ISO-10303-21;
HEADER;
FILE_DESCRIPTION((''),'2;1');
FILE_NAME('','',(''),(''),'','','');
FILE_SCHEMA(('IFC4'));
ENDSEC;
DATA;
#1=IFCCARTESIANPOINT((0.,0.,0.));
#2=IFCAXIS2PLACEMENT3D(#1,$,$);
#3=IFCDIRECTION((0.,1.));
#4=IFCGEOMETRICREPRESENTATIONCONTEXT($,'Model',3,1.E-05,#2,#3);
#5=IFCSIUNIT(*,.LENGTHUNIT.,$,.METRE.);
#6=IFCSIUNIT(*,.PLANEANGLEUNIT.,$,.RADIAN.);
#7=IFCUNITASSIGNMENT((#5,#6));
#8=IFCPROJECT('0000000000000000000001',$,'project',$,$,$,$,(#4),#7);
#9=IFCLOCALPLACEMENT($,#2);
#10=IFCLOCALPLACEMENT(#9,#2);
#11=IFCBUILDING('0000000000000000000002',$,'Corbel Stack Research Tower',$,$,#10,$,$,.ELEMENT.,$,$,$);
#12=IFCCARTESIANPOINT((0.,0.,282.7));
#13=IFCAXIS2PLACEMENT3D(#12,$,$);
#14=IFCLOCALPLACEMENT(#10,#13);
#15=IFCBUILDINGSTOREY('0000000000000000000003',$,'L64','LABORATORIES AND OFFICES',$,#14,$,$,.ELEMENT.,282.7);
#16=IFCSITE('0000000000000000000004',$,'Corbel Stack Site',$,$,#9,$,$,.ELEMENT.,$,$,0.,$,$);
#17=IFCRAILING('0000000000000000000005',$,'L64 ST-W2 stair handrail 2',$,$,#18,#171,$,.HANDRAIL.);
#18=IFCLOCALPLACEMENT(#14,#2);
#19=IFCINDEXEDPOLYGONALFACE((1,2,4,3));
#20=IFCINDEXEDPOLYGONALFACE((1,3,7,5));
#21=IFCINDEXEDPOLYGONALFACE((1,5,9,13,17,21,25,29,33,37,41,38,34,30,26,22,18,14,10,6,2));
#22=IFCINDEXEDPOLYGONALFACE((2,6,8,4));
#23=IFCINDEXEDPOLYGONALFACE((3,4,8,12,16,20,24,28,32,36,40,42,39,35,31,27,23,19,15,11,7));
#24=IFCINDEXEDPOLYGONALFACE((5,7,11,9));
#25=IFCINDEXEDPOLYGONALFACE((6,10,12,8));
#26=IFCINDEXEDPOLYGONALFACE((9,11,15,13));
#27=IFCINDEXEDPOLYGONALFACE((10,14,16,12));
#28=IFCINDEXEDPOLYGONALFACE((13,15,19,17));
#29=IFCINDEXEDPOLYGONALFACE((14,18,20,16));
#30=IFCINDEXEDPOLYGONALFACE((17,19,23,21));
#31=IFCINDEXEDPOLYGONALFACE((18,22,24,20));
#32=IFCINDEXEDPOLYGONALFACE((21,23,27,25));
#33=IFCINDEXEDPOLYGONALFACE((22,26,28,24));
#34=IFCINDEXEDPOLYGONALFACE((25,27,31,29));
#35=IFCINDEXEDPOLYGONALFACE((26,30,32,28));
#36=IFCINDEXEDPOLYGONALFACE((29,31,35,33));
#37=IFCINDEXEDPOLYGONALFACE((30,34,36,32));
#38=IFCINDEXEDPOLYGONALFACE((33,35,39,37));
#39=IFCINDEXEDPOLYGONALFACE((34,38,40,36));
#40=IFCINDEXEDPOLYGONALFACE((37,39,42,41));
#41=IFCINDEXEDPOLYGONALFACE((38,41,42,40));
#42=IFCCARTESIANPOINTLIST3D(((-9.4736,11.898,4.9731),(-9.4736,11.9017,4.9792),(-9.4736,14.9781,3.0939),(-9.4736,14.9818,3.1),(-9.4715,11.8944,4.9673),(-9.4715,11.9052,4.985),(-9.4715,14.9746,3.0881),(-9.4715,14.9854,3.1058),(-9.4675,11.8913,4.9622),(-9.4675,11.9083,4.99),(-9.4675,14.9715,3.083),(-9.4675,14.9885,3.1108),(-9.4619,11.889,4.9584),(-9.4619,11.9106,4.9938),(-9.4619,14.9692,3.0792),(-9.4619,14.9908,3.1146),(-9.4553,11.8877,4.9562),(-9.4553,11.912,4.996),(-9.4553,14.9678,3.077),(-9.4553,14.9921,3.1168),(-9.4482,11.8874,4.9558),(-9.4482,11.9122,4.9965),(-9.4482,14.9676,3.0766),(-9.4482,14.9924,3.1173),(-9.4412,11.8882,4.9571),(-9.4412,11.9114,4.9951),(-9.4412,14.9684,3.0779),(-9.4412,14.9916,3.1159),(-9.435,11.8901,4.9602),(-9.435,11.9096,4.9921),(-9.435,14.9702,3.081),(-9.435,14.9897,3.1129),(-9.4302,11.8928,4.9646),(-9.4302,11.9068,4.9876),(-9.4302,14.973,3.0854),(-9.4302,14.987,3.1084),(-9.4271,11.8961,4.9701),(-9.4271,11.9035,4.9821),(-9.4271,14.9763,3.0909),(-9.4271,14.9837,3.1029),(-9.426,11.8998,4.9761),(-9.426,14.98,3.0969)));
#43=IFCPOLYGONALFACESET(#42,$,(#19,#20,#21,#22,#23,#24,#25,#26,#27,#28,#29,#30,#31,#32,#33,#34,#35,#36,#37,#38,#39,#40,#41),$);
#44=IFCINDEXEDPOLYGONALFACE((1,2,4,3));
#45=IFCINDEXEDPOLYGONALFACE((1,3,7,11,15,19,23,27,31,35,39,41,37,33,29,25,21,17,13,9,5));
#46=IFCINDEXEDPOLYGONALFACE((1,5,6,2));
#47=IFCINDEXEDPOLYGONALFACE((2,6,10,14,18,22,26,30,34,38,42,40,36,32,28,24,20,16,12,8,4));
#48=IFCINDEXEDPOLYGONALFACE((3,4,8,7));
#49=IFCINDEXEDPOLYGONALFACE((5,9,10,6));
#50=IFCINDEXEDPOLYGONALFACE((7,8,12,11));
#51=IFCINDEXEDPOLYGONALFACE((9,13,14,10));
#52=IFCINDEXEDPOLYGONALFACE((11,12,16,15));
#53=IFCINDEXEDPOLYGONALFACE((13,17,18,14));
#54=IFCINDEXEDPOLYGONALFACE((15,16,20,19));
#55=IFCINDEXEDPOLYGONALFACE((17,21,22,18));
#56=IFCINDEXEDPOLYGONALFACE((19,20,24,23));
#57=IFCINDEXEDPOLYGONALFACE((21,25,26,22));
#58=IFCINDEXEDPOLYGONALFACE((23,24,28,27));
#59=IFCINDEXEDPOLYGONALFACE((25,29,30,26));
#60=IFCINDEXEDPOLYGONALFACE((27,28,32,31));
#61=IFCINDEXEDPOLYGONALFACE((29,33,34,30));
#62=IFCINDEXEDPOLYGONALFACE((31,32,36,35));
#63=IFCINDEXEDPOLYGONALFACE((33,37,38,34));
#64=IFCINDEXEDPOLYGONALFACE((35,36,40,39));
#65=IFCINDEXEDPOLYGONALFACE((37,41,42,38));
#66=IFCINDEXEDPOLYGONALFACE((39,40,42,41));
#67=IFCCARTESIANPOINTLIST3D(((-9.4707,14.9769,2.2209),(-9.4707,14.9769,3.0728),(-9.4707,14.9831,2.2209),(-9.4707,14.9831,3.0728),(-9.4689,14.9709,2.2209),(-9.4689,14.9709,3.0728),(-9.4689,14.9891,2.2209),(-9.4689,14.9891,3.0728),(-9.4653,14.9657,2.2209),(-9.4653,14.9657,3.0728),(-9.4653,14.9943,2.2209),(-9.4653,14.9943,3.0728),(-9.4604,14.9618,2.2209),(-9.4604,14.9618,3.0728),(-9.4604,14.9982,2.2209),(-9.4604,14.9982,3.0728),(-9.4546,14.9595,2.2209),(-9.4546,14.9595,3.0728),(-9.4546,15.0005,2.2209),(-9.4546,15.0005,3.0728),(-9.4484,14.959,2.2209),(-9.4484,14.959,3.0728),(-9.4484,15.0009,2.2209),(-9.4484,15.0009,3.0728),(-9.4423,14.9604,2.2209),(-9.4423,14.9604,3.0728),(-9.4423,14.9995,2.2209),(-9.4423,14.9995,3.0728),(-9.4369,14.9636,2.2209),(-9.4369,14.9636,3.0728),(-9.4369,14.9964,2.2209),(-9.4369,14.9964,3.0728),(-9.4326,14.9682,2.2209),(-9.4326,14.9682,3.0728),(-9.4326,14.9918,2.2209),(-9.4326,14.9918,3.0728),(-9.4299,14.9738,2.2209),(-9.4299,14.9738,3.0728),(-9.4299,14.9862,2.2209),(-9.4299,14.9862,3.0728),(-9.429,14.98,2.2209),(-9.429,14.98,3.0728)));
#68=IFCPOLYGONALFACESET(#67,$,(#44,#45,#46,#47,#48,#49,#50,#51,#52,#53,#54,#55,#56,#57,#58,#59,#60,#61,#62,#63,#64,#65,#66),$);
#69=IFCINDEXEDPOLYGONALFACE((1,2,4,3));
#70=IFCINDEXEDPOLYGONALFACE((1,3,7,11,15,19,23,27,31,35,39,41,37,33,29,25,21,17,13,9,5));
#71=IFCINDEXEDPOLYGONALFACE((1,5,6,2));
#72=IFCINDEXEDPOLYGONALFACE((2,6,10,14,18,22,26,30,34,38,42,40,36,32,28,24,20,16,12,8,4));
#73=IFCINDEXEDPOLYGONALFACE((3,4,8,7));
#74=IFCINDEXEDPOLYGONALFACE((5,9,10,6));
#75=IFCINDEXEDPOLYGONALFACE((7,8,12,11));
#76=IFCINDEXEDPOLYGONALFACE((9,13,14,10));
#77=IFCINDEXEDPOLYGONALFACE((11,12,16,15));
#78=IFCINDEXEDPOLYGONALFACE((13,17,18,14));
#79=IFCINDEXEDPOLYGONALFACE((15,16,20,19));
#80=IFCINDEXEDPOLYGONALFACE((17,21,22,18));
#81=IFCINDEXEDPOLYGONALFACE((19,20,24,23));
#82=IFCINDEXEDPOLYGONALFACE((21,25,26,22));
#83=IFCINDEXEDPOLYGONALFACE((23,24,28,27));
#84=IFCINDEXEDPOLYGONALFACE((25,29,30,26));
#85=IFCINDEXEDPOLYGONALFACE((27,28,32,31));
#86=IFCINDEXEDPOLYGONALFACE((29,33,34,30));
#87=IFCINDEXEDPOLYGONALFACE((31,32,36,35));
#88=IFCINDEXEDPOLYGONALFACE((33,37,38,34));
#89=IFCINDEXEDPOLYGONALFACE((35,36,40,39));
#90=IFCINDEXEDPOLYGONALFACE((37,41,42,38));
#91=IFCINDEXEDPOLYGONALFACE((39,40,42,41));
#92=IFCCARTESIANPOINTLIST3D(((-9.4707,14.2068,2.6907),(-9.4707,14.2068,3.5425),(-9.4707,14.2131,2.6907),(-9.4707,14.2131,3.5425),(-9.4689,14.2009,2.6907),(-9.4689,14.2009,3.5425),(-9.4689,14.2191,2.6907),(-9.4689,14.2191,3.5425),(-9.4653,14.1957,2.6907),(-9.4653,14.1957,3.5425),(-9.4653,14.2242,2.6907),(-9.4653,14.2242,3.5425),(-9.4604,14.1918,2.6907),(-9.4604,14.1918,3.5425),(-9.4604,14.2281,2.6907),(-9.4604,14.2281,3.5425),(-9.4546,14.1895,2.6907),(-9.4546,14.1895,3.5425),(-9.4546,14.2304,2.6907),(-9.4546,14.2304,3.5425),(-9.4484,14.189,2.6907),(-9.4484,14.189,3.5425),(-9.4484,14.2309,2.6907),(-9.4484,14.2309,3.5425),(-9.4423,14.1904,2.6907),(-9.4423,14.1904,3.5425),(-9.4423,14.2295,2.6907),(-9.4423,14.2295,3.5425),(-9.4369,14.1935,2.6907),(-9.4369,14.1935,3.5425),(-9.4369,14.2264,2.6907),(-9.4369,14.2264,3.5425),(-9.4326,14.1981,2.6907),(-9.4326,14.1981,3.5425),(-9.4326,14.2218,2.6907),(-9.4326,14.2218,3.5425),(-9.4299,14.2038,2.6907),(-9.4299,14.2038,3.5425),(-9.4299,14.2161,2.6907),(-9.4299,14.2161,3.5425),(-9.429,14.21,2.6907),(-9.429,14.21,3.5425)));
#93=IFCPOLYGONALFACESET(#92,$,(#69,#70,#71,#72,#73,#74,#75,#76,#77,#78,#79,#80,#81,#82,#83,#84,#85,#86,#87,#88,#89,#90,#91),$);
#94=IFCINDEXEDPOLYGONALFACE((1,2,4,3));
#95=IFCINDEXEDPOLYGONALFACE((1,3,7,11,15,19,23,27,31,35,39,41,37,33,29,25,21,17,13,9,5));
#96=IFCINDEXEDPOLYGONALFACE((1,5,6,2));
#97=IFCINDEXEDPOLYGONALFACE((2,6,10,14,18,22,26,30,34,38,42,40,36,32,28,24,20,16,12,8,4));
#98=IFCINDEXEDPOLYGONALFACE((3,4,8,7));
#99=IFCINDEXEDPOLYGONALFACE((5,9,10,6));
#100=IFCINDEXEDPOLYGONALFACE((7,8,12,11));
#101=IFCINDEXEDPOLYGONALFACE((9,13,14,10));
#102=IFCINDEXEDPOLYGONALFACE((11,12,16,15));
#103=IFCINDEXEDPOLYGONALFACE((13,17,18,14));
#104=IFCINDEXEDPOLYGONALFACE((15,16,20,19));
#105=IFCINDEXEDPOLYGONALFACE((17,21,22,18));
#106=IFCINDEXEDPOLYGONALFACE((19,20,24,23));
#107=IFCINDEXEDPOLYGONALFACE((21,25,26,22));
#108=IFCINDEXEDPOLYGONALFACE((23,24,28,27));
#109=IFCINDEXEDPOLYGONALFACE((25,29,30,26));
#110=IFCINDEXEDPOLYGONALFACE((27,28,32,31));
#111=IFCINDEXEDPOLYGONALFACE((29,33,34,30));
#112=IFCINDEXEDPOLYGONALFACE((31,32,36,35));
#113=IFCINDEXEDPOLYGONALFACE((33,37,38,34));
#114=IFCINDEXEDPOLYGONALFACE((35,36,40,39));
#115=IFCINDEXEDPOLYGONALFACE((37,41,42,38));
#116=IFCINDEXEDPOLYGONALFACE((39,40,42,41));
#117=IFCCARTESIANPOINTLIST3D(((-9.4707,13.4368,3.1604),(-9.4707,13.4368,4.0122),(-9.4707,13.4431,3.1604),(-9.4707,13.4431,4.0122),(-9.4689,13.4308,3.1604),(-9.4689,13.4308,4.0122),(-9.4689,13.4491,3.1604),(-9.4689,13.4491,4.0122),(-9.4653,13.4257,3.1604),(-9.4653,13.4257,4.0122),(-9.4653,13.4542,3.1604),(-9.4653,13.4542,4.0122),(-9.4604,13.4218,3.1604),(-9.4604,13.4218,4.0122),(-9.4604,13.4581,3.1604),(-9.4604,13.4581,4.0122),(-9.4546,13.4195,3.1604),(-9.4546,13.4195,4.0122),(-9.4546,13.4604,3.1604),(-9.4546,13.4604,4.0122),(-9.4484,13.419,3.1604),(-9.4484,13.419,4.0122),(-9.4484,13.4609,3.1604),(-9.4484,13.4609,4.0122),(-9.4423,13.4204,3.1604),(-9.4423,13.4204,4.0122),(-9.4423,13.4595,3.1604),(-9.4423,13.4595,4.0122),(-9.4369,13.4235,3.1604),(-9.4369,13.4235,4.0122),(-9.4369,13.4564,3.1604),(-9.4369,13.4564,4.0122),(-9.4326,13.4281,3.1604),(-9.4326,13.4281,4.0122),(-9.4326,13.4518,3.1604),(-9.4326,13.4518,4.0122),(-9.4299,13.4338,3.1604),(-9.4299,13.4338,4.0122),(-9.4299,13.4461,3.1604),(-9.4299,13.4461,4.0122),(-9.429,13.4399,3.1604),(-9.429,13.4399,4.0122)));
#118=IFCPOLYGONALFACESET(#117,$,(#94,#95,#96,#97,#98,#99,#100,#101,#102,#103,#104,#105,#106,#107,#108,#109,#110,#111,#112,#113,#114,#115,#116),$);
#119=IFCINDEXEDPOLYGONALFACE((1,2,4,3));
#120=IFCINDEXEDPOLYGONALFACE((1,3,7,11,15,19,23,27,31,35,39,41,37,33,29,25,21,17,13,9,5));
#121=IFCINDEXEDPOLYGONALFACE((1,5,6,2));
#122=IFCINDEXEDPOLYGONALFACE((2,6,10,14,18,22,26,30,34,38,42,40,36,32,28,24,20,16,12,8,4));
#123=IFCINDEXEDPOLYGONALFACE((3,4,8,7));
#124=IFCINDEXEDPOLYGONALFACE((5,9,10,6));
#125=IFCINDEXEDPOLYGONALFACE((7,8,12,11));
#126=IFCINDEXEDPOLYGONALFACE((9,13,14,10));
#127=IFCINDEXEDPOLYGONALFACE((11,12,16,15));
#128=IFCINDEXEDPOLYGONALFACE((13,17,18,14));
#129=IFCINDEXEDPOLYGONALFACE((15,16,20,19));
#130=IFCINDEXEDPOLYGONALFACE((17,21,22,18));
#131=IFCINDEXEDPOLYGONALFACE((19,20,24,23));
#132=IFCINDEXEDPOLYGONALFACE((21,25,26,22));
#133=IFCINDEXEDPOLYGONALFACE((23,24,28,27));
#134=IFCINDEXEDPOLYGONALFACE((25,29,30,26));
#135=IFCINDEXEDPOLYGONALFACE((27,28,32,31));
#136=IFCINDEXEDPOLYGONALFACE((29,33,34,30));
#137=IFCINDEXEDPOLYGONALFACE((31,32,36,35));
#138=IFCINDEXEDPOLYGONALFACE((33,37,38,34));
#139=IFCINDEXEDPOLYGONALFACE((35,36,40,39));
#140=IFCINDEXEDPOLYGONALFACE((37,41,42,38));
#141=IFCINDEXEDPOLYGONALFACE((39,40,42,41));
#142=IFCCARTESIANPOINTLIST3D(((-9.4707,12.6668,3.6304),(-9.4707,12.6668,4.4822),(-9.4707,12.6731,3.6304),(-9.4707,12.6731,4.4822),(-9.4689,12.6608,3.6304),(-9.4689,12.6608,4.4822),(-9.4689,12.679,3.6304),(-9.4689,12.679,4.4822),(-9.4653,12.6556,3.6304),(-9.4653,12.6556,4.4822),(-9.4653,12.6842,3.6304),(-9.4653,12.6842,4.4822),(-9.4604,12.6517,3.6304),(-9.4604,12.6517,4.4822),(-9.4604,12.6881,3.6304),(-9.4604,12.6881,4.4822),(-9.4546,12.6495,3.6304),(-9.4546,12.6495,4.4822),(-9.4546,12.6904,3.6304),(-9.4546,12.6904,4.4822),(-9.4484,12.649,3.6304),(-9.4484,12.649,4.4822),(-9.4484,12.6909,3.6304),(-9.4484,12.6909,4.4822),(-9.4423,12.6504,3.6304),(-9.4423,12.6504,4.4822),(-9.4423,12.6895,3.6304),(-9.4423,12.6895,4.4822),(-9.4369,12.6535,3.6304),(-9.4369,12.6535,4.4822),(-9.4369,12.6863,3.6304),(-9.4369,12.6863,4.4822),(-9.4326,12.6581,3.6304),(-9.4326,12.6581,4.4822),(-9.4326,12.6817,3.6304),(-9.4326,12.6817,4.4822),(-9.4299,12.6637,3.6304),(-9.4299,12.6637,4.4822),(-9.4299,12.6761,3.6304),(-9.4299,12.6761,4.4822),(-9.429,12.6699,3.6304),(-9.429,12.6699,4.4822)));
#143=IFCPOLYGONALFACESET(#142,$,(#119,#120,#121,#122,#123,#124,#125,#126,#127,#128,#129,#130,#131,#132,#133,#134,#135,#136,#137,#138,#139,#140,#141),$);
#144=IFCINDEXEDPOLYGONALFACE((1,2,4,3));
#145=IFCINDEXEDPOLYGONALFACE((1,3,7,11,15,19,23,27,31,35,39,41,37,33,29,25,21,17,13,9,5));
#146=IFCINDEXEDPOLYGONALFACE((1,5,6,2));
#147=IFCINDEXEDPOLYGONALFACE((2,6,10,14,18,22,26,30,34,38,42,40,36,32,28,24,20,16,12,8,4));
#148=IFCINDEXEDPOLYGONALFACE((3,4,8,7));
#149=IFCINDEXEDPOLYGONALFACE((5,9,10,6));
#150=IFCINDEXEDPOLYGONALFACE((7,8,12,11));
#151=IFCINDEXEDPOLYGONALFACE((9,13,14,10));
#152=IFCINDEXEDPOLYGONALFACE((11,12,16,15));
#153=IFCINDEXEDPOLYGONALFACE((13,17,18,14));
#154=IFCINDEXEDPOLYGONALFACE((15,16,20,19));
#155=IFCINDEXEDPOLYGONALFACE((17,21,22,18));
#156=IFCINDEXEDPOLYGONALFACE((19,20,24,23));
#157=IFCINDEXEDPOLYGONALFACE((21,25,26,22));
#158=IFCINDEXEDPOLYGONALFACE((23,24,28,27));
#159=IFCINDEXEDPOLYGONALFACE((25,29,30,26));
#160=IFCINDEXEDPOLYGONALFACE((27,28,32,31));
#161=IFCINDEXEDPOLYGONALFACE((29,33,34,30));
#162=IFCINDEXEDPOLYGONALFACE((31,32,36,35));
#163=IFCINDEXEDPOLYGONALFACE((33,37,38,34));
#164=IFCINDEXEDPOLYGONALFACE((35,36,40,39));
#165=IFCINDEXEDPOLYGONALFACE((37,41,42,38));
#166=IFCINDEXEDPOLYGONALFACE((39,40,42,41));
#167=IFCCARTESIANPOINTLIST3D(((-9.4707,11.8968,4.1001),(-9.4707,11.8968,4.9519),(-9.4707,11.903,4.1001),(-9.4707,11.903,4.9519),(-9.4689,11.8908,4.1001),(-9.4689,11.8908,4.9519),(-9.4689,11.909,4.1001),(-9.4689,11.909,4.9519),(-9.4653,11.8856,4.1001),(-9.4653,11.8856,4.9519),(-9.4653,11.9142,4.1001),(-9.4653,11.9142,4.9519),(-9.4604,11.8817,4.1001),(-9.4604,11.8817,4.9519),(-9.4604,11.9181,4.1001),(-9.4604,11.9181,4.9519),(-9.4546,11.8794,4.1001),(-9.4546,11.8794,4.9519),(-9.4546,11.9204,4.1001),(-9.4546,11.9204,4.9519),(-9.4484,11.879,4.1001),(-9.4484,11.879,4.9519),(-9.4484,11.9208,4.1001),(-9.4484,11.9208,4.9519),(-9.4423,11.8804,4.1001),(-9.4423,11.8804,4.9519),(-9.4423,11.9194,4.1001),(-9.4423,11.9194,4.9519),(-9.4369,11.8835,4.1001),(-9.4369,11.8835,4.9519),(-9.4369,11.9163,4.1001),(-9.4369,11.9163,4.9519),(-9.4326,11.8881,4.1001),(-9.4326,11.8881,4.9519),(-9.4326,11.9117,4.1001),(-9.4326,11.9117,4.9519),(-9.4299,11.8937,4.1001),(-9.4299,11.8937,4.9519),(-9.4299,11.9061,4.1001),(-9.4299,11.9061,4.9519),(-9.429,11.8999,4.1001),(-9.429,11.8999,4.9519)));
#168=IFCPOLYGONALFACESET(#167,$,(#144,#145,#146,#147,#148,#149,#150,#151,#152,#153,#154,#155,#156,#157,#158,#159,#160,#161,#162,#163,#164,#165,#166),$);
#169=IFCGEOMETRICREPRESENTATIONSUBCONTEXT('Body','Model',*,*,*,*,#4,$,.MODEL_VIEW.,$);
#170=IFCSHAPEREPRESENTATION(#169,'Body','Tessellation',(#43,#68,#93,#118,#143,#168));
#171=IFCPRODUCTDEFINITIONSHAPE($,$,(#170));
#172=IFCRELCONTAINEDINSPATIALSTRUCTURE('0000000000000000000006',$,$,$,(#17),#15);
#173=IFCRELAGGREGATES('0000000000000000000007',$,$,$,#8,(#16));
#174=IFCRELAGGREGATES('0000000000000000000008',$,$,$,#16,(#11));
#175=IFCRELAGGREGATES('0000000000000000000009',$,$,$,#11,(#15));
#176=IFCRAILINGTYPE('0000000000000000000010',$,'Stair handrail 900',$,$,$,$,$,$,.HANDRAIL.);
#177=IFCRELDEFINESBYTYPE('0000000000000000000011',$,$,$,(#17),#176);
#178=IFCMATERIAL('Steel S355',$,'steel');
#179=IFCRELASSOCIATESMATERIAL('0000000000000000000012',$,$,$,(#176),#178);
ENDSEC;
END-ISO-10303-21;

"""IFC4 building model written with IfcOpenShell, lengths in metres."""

from ifc_helpers import new_model, si_unit, direction, frame, origin, origin_2d, place, context, subcontext, project, spatial, circle, extrude, material, type_object, element, save


model = new_model("IFC4")

# Units and contexts
model_context = context("Model", 3, precision=1e-05, world=origin(), true_north=direction((0.0, 1.0)))
body_context = subcontext(model_context, "Body", "Model", "MODEL_VIEW")
ifc_project = project(units=[si_unit("LENGTHUNIT", "METRE"), si_unit("PLANEANGLEUNIT", "RADIAN")], contexts=[model_context])

# Site, building, storey
site_placement = place(None, origin())
site = spatial("IfcSite", under=ifc_project, at=site_placement, Name="Corbel Stack Site", CompositionType="ELEMENT", RefElevation=0.0)
building_placement = place(site_placement, origin())
building = spatial("IfcBuilding", under=site, at=building_placement, Name="Corbel Stack Research Tower", CompositionType="ELEMENT")
storey_placement = place(building_placement, frame((0.0, 0.0, 282.7)))
storey = spatial("IfcBuildingStorey", under=building, at=storey_placement, Name="L64", Description="LABORATORIES AND OFFICES", CompositionType="ELEMENT", Elevation=282.7)

# Railing
ifc_material_1 = material(Name="Steel S355", Category="steel")
railing_type_1 = type_object("IfcRailingType", Name="Stair handrail 900", PredefinedType="HANDRAIL", material=ifc_material_1)
railing_1_placement = place(storey_placement, frame((-9.45, 14.98, 2.2209)))
element("IfcRailing", 1, at=railing_1_placement, inside=storey, type_object=railing_type_1, Name="L64 ST-W2 stair handrail 2", PredefinedType="HANDRAIL", context=body_context, shape_type="SweptSolid", body=[
    extrude(circle(Radius=0.0239, at=origin_2d()), frame((0.0, 0.0, 0.876), z_axis=(0.0, -0.853666, 0.52082), x_axis=(1.0, 0.0, 0.0)), (0.0, 0.0, 1.0), 3.6082),
    extrude(circle(Radius=0.021, at=origin_2d()), origin(), (0.0, 0.0, 1.0), 0.8518),
    extrude(circle(Radius=0.021, at=origin_2d()), frame((0.0, -0.77, 0.4697)), (0.0, 0.0, 1.0), 0.8518),
    extrude(circle(Radius=0.021, at=origin_2d()), frame((0.0, -1.54, 0.9395)), (0.0, 0.0, 1.0), 0.8518),
    extrude(circle(Radius=0.021, at=origin_2d()), frame((0.0, -2.3101, 1.4094)), (0.0, 0.0, 1.0), 0.8518),
    extrude(circle(Radius=0.021, at=origin_2d()), frame((0.0, -3.0801, 1.8792)), (0.0, 0.0, 1.0), 0.8518),
])

save(model, "model.ifc")
